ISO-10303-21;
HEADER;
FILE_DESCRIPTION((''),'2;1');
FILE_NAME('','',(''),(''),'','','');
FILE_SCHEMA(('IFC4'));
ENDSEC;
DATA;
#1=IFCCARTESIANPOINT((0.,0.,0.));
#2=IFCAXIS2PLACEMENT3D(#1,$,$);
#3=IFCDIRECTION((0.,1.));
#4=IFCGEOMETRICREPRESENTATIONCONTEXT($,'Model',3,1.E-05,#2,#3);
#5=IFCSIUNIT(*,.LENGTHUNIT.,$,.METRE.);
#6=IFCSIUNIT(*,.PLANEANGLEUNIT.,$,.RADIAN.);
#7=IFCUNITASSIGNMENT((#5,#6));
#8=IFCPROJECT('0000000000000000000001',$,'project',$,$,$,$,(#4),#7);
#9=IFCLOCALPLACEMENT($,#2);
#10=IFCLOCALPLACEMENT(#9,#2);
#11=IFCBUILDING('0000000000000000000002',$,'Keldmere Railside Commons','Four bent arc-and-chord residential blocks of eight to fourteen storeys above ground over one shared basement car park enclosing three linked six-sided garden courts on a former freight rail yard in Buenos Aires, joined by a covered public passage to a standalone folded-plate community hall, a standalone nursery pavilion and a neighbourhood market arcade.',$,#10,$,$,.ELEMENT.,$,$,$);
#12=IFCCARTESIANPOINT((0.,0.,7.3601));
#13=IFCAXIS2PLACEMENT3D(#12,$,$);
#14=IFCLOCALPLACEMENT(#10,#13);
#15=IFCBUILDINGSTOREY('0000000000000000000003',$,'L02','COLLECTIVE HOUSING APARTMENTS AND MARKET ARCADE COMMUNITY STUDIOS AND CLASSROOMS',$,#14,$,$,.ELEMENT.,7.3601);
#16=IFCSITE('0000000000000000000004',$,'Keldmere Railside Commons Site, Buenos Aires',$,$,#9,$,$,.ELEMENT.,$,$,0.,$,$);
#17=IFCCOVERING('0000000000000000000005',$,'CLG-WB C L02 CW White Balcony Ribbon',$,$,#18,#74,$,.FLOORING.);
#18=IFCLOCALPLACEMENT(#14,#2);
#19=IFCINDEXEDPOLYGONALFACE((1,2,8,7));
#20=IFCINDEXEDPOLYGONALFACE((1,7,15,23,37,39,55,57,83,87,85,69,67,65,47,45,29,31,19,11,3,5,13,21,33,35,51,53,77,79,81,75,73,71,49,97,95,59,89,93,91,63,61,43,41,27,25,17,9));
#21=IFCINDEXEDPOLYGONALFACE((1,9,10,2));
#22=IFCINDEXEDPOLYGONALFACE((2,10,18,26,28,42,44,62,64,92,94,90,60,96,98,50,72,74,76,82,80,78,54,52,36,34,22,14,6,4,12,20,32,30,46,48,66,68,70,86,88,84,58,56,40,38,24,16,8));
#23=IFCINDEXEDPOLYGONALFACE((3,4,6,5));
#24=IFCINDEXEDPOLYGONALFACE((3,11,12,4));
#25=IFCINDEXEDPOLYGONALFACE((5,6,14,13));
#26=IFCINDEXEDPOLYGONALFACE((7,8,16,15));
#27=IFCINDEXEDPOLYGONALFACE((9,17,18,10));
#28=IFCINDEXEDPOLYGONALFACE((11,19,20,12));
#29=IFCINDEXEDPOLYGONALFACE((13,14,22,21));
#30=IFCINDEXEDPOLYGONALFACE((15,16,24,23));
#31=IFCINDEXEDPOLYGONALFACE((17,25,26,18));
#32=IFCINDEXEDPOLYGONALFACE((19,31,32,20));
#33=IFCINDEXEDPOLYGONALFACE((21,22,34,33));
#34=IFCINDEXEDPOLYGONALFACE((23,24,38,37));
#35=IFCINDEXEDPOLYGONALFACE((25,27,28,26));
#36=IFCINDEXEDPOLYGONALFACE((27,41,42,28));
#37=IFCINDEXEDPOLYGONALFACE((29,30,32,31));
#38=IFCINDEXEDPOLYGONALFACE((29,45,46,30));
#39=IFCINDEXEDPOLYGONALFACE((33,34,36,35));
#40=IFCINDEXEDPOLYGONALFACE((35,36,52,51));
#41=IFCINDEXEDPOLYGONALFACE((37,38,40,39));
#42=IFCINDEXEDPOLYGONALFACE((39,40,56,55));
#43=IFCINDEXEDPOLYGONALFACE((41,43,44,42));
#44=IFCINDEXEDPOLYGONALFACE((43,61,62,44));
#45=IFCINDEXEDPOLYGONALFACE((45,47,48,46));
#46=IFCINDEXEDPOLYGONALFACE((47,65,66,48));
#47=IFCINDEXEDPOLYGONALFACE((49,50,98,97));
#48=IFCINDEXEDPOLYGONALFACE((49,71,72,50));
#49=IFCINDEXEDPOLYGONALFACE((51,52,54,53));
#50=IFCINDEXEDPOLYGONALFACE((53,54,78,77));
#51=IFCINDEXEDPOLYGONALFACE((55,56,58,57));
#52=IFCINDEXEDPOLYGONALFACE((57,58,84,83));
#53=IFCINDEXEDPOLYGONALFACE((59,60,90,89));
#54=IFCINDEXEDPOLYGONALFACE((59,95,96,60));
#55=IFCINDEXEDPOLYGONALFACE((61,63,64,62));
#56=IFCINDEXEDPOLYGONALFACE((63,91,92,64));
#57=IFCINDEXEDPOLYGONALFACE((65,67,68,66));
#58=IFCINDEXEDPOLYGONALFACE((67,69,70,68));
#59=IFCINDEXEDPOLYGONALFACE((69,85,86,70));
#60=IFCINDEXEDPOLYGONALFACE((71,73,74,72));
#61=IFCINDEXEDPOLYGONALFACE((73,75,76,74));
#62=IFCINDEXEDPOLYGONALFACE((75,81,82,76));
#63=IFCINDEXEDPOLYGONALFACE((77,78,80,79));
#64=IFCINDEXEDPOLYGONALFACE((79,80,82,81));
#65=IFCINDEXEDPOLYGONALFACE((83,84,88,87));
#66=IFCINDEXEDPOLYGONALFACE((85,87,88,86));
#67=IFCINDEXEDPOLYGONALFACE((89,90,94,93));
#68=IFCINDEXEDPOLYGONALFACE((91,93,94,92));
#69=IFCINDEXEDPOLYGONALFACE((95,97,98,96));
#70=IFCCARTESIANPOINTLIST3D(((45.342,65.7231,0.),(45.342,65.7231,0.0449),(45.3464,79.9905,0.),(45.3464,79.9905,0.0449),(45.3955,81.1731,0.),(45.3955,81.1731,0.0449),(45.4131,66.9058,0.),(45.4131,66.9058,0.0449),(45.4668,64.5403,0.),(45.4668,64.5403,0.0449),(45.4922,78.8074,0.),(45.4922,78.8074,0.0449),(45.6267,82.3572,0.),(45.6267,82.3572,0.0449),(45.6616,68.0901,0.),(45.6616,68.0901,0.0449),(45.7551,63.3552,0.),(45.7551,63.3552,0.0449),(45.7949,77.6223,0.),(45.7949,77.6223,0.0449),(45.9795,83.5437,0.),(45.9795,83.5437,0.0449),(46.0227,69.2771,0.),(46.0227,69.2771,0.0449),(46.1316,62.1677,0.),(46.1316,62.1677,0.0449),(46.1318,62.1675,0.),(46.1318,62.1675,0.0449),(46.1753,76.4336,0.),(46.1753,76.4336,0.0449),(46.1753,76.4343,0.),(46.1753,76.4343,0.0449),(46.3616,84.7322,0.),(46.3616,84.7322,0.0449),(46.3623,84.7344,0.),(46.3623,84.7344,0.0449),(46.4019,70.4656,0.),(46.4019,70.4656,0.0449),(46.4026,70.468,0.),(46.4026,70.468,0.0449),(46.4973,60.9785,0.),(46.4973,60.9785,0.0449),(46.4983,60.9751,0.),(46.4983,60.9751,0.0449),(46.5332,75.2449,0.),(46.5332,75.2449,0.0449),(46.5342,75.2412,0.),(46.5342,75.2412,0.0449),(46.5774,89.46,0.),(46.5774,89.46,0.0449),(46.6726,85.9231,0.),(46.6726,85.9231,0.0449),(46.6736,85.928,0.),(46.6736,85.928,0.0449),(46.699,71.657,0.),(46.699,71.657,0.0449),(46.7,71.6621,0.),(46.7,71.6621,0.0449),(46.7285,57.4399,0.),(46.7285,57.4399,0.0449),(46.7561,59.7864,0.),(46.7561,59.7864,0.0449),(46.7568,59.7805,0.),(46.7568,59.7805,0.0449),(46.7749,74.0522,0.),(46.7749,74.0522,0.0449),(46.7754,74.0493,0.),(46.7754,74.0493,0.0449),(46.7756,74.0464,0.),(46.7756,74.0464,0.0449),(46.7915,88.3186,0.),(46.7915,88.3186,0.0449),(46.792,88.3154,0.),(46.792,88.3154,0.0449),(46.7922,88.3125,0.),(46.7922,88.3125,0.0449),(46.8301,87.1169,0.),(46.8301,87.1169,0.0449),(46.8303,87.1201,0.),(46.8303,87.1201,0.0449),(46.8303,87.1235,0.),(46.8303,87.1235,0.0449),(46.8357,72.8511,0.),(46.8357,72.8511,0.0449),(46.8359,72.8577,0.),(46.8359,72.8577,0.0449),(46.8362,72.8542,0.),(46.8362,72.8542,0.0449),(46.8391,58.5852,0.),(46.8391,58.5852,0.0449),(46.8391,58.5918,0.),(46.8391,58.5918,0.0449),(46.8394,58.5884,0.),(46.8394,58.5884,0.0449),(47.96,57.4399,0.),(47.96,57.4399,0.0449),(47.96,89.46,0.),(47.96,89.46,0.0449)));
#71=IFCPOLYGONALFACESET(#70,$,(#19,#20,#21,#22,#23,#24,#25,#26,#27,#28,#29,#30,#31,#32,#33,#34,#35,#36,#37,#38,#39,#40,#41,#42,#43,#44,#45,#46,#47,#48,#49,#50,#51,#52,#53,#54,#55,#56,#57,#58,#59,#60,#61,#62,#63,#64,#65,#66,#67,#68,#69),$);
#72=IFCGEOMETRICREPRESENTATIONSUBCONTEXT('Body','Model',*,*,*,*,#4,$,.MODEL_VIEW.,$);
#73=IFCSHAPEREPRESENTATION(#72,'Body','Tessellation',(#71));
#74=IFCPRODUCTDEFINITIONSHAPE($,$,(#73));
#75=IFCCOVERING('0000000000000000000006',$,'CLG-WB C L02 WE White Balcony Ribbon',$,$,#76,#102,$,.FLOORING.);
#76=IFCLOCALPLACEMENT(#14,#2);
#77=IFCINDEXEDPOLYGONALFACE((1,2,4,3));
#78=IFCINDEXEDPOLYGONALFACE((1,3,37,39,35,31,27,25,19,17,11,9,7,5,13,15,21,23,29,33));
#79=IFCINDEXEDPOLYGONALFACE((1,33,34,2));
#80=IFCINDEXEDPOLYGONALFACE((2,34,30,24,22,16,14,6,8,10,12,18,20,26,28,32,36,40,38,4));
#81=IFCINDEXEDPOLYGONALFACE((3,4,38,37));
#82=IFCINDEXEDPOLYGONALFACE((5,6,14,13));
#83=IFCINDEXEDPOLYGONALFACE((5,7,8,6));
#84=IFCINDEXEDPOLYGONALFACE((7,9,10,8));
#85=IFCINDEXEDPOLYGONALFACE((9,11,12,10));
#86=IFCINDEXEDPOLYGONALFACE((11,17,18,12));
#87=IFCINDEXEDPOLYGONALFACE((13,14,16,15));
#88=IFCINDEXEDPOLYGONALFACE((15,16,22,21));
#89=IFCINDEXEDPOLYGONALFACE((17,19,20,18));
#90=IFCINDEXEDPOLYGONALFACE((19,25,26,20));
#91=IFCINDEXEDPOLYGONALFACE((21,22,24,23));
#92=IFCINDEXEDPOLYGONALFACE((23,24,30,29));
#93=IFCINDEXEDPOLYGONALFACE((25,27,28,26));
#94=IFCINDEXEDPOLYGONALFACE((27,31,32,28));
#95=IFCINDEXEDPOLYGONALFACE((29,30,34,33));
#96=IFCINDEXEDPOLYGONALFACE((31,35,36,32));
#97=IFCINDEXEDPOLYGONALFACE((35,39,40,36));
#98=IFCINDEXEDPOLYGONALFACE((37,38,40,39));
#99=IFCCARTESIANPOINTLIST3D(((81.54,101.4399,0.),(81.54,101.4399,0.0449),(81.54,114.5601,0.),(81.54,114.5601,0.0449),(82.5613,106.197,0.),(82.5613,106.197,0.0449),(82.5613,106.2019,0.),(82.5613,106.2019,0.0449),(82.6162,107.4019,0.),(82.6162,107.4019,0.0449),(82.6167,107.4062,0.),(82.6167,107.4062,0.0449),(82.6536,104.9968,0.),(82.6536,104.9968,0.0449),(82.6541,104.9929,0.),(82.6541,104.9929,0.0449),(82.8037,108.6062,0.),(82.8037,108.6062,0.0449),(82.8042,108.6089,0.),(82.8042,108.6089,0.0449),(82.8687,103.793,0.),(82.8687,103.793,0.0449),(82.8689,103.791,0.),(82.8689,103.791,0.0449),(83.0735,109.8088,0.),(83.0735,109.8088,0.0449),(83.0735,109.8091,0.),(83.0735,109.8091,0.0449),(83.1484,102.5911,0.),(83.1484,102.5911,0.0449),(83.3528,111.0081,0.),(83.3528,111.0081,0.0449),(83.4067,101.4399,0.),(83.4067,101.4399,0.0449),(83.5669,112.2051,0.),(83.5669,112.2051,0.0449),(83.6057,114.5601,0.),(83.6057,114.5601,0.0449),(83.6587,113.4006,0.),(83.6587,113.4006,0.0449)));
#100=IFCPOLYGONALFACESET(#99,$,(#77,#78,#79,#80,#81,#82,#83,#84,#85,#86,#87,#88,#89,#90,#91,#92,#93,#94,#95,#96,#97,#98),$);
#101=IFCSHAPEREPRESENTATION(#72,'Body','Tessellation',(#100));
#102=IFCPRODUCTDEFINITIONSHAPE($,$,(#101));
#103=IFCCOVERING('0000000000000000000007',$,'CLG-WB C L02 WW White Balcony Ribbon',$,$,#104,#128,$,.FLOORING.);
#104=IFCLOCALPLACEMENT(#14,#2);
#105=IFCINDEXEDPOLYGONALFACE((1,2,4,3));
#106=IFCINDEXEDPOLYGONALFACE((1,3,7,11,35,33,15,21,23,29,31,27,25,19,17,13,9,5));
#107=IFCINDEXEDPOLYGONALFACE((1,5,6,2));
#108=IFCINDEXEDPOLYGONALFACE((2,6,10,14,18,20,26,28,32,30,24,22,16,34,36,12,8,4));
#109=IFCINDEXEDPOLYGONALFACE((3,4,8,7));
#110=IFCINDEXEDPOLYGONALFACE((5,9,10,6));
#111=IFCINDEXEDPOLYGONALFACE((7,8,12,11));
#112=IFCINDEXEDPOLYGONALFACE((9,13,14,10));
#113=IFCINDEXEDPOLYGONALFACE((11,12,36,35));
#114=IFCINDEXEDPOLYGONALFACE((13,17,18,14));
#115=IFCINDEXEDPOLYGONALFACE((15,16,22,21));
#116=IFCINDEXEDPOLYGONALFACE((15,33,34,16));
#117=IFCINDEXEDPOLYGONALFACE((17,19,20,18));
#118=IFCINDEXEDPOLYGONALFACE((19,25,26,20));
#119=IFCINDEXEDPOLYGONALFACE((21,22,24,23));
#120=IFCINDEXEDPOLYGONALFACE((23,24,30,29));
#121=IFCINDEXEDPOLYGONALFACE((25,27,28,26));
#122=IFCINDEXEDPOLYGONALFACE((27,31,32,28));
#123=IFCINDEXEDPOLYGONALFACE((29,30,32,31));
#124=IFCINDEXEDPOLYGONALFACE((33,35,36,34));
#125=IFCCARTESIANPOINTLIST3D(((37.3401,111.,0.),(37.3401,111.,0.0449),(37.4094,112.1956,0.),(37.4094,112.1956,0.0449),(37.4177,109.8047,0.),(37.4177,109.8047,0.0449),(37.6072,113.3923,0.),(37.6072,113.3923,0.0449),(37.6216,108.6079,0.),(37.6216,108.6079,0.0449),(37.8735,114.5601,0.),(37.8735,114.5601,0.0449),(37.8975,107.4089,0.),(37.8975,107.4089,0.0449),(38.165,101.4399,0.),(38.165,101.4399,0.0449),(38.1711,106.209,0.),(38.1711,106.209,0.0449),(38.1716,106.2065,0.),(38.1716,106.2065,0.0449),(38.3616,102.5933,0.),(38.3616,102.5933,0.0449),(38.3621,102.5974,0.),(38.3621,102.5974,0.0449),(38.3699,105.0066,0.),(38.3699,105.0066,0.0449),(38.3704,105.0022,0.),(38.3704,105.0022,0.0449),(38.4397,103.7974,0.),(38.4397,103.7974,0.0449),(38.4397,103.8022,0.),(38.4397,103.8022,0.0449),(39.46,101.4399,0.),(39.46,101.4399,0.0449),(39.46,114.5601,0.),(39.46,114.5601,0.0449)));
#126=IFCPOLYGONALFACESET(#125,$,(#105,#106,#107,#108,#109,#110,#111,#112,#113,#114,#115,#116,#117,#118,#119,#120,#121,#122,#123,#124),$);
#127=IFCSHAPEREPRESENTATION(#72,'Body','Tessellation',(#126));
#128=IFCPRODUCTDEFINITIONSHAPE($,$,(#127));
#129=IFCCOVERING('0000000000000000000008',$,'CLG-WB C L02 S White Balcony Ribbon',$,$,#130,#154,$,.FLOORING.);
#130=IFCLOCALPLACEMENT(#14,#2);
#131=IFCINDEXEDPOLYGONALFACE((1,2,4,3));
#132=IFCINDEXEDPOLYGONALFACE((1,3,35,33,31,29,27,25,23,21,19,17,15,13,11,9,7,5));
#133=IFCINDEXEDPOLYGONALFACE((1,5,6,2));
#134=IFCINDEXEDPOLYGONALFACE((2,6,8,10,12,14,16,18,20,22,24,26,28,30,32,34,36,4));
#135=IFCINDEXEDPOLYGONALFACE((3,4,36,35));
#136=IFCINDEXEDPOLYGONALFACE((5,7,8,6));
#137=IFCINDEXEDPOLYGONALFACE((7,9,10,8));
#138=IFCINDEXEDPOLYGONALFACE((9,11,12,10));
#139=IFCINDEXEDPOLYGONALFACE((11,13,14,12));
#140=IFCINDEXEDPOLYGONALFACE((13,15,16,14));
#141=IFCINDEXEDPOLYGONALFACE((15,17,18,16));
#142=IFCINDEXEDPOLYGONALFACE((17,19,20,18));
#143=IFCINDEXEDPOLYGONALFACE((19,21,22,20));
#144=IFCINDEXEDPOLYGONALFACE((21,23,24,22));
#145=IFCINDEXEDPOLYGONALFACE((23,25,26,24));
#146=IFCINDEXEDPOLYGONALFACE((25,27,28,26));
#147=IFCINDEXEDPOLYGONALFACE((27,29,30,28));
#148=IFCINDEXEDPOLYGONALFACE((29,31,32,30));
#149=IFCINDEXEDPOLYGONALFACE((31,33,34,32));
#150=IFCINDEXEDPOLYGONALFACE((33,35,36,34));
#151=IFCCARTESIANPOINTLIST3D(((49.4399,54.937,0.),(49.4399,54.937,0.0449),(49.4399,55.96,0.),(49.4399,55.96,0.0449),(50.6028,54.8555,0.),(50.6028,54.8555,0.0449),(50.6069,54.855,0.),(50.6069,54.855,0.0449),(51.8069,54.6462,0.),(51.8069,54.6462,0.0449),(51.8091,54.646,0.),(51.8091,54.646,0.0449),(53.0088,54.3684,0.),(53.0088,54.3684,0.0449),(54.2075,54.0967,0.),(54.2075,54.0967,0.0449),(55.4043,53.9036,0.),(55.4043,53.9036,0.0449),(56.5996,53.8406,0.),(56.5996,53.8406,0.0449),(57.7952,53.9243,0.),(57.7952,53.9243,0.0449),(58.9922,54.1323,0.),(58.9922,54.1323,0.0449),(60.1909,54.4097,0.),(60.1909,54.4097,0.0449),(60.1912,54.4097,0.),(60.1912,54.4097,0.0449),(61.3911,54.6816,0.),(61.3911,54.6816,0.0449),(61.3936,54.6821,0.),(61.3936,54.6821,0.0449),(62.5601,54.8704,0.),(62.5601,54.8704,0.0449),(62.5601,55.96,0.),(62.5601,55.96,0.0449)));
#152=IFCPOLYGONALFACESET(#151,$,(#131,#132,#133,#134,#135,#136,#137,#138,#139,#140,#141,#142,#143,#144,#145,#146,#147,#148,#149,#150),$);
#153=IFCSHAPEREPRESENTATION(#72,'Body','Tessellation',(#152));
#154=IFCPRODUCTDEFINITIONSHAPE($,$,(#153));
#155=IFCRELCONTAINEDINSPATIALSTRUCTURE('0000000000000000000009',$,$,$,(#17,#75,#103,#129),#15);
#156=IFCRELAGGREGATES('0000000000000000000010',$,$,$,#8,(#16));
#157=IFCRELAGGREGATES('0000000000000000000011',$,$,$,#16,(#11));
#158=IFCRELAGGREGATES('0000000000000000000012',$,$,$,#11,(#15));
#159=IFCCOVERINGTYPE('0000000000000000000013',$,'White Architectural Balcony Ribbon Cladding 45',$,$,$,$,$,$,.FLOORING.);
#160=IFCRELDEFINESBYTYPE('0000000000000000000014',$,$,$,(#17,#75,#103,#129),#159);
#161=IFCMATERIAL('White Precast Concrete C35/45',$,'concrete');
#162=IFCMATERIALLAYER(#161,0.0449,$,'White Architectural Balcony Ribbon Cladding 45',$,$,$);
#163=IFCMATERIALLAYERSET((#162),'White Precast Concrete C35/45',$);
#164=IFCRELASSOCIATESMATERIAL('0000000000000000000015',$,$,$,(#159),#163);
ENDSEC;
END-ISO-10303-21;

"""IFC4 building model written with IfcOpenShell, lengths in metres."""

from ifc_helpers import new_model, si_unit, direction, frame, origin, place, context, subcontext, project, spatial, polyline, outline, extrude, material, layer, layer_set, type_object, element, save


model = new_model("IFC4")

# Units and contexts
model_context = context("Model", 3, precision=1e-05, world=origin(), true_north=direction((0.0, 1.0)))
body_context = subcontext(model_context, "Body", "Model", "MODEL_VIEW")
ifc_project = project(units=[si_unit("LENGTHUNIT", "METRE"), si_unit("PLANEANGLEUNIT", "RADIAN")], contexts=[model_context])

# Site, building, storey
site_placement = place(None, origin())
site = spatial("IfcSite", under=ifc_project, at=site_placement, Name="Keldmere Railside Commons Site, Buenos Aires", CompositionType="ELEMENT", RefElevation=0.0)
building_placement = place(site_placement, origin())
building = spatial("IfcBuilding", under=site, at=building_placement, Name="Keldmere Railside Commons", Description="Four bent arc-and-chord residential blocks of eight to fourteen storeys above ground over one shared basement car park enclosing three linked six-sided garden courts on a former freight rail yard in Buenos Aires, joined by a covered public passage to a standalone folded-plate community hall, a standalone nursery pavilion and a neighbourhood market arcade.", CompositionType="ELEMENT")
storey_placement = place(building_placement, frame((0.0, 0.0, 7.3601)))
storey = spatial("IfcBuildingStorey", under=building, at=storey_placement, Name="L02", Description="COLLECTIVE HOUSING APARTMENTS AND MARKET ARCADE COMMUNITY STUDIOS AND CLASSROOMS", CompositionType="ELEMENT", Elevation=7.3601)

# Coverings
ifc_material_1 = material(Name="White Precast Concrete C35/45", Category="concrete")
ifc_layer_1 = layer(ifc_material_1, 0.0449, Name="White Architectural Balcony Ribbon Cladding 45")
ifc_layer_set_1 = layer_set([ifc_layer_1], Name="White Precast Concrete C35/45")
covering_type = type_object("IfcCoveringType", Name="White Architectural Balcony Ribbon Cladding 45", PredefinedType="FLOORING", material=ifc_layer_set_1)
covering_1_placement = place(storey_placement, origin())
element("IfcCovering", 1, at=covering_1_placement, inside=storey, type_object=covering_type, Name="CLG-WB C L02 CW White Balcony Ribbon", PredefinedType="FLOORING", context=body_context, shape_type="SweptSolid", body=[
    extrude(outline(polyline([(47.96, 89.46), (46.5774, 89.46), (46.7915, 88.3186), (46.792, 88.3154), (46.7922, 88.3125), (46.8303, 87.1235), (46.8303, 87.1201), (46.8301, 87.1169), (46.6736, 85.928), (46.6726, 85.9231), (46.3623, 84.7344), (46.3616, 84.7322), (45.9795, 83.5437), (45.6267, 82.3572), (45.3955, 81.1731), (45.3464, 79.9905), (45.4922, 78.8074), (45.7949, 77.6223), (46.1753, 76.4343), (46.1753, 76.4336), (46.5332, 75.2449), (46.5342, 75.2412), (46.7749, 74.0522), (46.7754, 74.0493), (46.7756, 74.0464), (46.8359, 72.8577), (46.8362, 72.8542), (46.8357, 72.8511), (46.7, 71.6621), (46.699, 71.657), (46.4026, 70.468), (46.4019, 70.4656), (46.0227, 69.2771), (45.6616, 68.0901), (45.4131, 66.9058), (45.342, 65.7231), (45.4668, 64.5403), (45.7551, 63.3552), (46.1316, 62.1677), (46.1318, 62.1675), (46.4973, 60.9785), (46.4983, 60.9751), (46.7561, 59.7864), (46.7568, 59.7805), (46.8391, 58.5918), (46.8394, 58.5884), (46.8391, 58.5852), (46.7285, 57.4399), (47.96, 57.4399), (47.96, 89.46)])), origin(), (0.0, 0.0, 1.0), 0.0449),
])
covering_2_placement = place(storey_placement, origin())
element("IfcCovering", 2, at=covering_2_placement, inside=storey, type_object=covering_type, Name="CLG-WB C L02 WE White Balcony Ribbon", PredefinedType="FLOORING", context=body_context, shape_type="SweptSolid", body=[
    extrude(outline(polyline([(83.1484, 102.5911), (82.8689, 103.791), (82.8687, 103.793), (82.6541, 104.9929), (82.6536, 104.9968), (82.5613, 106.197), (82.5613, 106.2019), (82.6162, 107.4019), (82.6167, 107.4062), (82.8037, 108.6062), (82.8042, 108.6089), (83.0735, 109.8088), (83.0735, 109.8091), (83.3528, 111.0081), (83.5669, 112.2051), (83.6587, 113.4006), (83.6057, 114.5601), (81.54, 114.5601), (81.54, 101.4399), (83.4067, 101.4399), (83.1484, 102.5911)])), origin(), (0.0, 0.0, 1.0), 0.0449),
])
covering_3_placement = place(storey_placement, origin())
element("IfcCovering", 3, at=covering_3_placement, inside=storey, type_object=covering_type, Name="CLG-WB C L02 WW White Balcony Ribbon", PredefinedType="FLOORING", context=body_context, shape_type="SweptSolid", body=[
    extrude(outline(polyline([(39.46, 114.5601), (37.8735, 114.5601), (37.6072, 113.3923), (37.4094, 112.1956), (37.3401, 111.0), (37.4177, 109.8047), (37.6216, 108.6079), (37.8975, 107.4089), (37.8975, 107.4089), (38.1711, 106.209), (38.1716, 106.2065), (38.3699, 105.0066), (38.3704, 105.0022), (38.4397, 103.8022), (38.4397, 103.7974), (38.3621, 102.5974), (38.3616, 102.5933), (38.165, 101.4399), (39.46, 101.4399), (39.46, 114.5601)])), origin(), (0.0, 0.0, 1.0), 0.0449),
])
covering_4_placement = place(storey_placement, origin())
element("IfcCovering", 4, at=covering_4_placement, inside=storey, type_object=covering_type, Name="CLG-WB C L02 S White Balcony Ribbon", PredefinedType="FLOORING", context=body_context, shape_type="SweptSolid", body=[
    extrude(outline(polyline([(50.6028, 54.8555), (50.6069, 54.855), (51.8069, 54.6462), (51.8091, 54.646), (53.0088, 54.3684), (54.2075, 54.0967), (55.4043, 53.9036), (56.5996, 53.8406), (57.7952, 53.9243), (58.9922, 54.1323), (60.1909, 54.4097), (60.1912, 54.4097), (61.3911, 54.6816), (61.3936, 54.6821), (62.5601, 54.8704), (62.5601, 55.96), (49.4399, 55.96), (49.4399, 54.937), (50.6028, 54.8555)])), origin(), (0.0, 0.0, 1.0), 0.0449),
])

save(model, "model.ifc")
